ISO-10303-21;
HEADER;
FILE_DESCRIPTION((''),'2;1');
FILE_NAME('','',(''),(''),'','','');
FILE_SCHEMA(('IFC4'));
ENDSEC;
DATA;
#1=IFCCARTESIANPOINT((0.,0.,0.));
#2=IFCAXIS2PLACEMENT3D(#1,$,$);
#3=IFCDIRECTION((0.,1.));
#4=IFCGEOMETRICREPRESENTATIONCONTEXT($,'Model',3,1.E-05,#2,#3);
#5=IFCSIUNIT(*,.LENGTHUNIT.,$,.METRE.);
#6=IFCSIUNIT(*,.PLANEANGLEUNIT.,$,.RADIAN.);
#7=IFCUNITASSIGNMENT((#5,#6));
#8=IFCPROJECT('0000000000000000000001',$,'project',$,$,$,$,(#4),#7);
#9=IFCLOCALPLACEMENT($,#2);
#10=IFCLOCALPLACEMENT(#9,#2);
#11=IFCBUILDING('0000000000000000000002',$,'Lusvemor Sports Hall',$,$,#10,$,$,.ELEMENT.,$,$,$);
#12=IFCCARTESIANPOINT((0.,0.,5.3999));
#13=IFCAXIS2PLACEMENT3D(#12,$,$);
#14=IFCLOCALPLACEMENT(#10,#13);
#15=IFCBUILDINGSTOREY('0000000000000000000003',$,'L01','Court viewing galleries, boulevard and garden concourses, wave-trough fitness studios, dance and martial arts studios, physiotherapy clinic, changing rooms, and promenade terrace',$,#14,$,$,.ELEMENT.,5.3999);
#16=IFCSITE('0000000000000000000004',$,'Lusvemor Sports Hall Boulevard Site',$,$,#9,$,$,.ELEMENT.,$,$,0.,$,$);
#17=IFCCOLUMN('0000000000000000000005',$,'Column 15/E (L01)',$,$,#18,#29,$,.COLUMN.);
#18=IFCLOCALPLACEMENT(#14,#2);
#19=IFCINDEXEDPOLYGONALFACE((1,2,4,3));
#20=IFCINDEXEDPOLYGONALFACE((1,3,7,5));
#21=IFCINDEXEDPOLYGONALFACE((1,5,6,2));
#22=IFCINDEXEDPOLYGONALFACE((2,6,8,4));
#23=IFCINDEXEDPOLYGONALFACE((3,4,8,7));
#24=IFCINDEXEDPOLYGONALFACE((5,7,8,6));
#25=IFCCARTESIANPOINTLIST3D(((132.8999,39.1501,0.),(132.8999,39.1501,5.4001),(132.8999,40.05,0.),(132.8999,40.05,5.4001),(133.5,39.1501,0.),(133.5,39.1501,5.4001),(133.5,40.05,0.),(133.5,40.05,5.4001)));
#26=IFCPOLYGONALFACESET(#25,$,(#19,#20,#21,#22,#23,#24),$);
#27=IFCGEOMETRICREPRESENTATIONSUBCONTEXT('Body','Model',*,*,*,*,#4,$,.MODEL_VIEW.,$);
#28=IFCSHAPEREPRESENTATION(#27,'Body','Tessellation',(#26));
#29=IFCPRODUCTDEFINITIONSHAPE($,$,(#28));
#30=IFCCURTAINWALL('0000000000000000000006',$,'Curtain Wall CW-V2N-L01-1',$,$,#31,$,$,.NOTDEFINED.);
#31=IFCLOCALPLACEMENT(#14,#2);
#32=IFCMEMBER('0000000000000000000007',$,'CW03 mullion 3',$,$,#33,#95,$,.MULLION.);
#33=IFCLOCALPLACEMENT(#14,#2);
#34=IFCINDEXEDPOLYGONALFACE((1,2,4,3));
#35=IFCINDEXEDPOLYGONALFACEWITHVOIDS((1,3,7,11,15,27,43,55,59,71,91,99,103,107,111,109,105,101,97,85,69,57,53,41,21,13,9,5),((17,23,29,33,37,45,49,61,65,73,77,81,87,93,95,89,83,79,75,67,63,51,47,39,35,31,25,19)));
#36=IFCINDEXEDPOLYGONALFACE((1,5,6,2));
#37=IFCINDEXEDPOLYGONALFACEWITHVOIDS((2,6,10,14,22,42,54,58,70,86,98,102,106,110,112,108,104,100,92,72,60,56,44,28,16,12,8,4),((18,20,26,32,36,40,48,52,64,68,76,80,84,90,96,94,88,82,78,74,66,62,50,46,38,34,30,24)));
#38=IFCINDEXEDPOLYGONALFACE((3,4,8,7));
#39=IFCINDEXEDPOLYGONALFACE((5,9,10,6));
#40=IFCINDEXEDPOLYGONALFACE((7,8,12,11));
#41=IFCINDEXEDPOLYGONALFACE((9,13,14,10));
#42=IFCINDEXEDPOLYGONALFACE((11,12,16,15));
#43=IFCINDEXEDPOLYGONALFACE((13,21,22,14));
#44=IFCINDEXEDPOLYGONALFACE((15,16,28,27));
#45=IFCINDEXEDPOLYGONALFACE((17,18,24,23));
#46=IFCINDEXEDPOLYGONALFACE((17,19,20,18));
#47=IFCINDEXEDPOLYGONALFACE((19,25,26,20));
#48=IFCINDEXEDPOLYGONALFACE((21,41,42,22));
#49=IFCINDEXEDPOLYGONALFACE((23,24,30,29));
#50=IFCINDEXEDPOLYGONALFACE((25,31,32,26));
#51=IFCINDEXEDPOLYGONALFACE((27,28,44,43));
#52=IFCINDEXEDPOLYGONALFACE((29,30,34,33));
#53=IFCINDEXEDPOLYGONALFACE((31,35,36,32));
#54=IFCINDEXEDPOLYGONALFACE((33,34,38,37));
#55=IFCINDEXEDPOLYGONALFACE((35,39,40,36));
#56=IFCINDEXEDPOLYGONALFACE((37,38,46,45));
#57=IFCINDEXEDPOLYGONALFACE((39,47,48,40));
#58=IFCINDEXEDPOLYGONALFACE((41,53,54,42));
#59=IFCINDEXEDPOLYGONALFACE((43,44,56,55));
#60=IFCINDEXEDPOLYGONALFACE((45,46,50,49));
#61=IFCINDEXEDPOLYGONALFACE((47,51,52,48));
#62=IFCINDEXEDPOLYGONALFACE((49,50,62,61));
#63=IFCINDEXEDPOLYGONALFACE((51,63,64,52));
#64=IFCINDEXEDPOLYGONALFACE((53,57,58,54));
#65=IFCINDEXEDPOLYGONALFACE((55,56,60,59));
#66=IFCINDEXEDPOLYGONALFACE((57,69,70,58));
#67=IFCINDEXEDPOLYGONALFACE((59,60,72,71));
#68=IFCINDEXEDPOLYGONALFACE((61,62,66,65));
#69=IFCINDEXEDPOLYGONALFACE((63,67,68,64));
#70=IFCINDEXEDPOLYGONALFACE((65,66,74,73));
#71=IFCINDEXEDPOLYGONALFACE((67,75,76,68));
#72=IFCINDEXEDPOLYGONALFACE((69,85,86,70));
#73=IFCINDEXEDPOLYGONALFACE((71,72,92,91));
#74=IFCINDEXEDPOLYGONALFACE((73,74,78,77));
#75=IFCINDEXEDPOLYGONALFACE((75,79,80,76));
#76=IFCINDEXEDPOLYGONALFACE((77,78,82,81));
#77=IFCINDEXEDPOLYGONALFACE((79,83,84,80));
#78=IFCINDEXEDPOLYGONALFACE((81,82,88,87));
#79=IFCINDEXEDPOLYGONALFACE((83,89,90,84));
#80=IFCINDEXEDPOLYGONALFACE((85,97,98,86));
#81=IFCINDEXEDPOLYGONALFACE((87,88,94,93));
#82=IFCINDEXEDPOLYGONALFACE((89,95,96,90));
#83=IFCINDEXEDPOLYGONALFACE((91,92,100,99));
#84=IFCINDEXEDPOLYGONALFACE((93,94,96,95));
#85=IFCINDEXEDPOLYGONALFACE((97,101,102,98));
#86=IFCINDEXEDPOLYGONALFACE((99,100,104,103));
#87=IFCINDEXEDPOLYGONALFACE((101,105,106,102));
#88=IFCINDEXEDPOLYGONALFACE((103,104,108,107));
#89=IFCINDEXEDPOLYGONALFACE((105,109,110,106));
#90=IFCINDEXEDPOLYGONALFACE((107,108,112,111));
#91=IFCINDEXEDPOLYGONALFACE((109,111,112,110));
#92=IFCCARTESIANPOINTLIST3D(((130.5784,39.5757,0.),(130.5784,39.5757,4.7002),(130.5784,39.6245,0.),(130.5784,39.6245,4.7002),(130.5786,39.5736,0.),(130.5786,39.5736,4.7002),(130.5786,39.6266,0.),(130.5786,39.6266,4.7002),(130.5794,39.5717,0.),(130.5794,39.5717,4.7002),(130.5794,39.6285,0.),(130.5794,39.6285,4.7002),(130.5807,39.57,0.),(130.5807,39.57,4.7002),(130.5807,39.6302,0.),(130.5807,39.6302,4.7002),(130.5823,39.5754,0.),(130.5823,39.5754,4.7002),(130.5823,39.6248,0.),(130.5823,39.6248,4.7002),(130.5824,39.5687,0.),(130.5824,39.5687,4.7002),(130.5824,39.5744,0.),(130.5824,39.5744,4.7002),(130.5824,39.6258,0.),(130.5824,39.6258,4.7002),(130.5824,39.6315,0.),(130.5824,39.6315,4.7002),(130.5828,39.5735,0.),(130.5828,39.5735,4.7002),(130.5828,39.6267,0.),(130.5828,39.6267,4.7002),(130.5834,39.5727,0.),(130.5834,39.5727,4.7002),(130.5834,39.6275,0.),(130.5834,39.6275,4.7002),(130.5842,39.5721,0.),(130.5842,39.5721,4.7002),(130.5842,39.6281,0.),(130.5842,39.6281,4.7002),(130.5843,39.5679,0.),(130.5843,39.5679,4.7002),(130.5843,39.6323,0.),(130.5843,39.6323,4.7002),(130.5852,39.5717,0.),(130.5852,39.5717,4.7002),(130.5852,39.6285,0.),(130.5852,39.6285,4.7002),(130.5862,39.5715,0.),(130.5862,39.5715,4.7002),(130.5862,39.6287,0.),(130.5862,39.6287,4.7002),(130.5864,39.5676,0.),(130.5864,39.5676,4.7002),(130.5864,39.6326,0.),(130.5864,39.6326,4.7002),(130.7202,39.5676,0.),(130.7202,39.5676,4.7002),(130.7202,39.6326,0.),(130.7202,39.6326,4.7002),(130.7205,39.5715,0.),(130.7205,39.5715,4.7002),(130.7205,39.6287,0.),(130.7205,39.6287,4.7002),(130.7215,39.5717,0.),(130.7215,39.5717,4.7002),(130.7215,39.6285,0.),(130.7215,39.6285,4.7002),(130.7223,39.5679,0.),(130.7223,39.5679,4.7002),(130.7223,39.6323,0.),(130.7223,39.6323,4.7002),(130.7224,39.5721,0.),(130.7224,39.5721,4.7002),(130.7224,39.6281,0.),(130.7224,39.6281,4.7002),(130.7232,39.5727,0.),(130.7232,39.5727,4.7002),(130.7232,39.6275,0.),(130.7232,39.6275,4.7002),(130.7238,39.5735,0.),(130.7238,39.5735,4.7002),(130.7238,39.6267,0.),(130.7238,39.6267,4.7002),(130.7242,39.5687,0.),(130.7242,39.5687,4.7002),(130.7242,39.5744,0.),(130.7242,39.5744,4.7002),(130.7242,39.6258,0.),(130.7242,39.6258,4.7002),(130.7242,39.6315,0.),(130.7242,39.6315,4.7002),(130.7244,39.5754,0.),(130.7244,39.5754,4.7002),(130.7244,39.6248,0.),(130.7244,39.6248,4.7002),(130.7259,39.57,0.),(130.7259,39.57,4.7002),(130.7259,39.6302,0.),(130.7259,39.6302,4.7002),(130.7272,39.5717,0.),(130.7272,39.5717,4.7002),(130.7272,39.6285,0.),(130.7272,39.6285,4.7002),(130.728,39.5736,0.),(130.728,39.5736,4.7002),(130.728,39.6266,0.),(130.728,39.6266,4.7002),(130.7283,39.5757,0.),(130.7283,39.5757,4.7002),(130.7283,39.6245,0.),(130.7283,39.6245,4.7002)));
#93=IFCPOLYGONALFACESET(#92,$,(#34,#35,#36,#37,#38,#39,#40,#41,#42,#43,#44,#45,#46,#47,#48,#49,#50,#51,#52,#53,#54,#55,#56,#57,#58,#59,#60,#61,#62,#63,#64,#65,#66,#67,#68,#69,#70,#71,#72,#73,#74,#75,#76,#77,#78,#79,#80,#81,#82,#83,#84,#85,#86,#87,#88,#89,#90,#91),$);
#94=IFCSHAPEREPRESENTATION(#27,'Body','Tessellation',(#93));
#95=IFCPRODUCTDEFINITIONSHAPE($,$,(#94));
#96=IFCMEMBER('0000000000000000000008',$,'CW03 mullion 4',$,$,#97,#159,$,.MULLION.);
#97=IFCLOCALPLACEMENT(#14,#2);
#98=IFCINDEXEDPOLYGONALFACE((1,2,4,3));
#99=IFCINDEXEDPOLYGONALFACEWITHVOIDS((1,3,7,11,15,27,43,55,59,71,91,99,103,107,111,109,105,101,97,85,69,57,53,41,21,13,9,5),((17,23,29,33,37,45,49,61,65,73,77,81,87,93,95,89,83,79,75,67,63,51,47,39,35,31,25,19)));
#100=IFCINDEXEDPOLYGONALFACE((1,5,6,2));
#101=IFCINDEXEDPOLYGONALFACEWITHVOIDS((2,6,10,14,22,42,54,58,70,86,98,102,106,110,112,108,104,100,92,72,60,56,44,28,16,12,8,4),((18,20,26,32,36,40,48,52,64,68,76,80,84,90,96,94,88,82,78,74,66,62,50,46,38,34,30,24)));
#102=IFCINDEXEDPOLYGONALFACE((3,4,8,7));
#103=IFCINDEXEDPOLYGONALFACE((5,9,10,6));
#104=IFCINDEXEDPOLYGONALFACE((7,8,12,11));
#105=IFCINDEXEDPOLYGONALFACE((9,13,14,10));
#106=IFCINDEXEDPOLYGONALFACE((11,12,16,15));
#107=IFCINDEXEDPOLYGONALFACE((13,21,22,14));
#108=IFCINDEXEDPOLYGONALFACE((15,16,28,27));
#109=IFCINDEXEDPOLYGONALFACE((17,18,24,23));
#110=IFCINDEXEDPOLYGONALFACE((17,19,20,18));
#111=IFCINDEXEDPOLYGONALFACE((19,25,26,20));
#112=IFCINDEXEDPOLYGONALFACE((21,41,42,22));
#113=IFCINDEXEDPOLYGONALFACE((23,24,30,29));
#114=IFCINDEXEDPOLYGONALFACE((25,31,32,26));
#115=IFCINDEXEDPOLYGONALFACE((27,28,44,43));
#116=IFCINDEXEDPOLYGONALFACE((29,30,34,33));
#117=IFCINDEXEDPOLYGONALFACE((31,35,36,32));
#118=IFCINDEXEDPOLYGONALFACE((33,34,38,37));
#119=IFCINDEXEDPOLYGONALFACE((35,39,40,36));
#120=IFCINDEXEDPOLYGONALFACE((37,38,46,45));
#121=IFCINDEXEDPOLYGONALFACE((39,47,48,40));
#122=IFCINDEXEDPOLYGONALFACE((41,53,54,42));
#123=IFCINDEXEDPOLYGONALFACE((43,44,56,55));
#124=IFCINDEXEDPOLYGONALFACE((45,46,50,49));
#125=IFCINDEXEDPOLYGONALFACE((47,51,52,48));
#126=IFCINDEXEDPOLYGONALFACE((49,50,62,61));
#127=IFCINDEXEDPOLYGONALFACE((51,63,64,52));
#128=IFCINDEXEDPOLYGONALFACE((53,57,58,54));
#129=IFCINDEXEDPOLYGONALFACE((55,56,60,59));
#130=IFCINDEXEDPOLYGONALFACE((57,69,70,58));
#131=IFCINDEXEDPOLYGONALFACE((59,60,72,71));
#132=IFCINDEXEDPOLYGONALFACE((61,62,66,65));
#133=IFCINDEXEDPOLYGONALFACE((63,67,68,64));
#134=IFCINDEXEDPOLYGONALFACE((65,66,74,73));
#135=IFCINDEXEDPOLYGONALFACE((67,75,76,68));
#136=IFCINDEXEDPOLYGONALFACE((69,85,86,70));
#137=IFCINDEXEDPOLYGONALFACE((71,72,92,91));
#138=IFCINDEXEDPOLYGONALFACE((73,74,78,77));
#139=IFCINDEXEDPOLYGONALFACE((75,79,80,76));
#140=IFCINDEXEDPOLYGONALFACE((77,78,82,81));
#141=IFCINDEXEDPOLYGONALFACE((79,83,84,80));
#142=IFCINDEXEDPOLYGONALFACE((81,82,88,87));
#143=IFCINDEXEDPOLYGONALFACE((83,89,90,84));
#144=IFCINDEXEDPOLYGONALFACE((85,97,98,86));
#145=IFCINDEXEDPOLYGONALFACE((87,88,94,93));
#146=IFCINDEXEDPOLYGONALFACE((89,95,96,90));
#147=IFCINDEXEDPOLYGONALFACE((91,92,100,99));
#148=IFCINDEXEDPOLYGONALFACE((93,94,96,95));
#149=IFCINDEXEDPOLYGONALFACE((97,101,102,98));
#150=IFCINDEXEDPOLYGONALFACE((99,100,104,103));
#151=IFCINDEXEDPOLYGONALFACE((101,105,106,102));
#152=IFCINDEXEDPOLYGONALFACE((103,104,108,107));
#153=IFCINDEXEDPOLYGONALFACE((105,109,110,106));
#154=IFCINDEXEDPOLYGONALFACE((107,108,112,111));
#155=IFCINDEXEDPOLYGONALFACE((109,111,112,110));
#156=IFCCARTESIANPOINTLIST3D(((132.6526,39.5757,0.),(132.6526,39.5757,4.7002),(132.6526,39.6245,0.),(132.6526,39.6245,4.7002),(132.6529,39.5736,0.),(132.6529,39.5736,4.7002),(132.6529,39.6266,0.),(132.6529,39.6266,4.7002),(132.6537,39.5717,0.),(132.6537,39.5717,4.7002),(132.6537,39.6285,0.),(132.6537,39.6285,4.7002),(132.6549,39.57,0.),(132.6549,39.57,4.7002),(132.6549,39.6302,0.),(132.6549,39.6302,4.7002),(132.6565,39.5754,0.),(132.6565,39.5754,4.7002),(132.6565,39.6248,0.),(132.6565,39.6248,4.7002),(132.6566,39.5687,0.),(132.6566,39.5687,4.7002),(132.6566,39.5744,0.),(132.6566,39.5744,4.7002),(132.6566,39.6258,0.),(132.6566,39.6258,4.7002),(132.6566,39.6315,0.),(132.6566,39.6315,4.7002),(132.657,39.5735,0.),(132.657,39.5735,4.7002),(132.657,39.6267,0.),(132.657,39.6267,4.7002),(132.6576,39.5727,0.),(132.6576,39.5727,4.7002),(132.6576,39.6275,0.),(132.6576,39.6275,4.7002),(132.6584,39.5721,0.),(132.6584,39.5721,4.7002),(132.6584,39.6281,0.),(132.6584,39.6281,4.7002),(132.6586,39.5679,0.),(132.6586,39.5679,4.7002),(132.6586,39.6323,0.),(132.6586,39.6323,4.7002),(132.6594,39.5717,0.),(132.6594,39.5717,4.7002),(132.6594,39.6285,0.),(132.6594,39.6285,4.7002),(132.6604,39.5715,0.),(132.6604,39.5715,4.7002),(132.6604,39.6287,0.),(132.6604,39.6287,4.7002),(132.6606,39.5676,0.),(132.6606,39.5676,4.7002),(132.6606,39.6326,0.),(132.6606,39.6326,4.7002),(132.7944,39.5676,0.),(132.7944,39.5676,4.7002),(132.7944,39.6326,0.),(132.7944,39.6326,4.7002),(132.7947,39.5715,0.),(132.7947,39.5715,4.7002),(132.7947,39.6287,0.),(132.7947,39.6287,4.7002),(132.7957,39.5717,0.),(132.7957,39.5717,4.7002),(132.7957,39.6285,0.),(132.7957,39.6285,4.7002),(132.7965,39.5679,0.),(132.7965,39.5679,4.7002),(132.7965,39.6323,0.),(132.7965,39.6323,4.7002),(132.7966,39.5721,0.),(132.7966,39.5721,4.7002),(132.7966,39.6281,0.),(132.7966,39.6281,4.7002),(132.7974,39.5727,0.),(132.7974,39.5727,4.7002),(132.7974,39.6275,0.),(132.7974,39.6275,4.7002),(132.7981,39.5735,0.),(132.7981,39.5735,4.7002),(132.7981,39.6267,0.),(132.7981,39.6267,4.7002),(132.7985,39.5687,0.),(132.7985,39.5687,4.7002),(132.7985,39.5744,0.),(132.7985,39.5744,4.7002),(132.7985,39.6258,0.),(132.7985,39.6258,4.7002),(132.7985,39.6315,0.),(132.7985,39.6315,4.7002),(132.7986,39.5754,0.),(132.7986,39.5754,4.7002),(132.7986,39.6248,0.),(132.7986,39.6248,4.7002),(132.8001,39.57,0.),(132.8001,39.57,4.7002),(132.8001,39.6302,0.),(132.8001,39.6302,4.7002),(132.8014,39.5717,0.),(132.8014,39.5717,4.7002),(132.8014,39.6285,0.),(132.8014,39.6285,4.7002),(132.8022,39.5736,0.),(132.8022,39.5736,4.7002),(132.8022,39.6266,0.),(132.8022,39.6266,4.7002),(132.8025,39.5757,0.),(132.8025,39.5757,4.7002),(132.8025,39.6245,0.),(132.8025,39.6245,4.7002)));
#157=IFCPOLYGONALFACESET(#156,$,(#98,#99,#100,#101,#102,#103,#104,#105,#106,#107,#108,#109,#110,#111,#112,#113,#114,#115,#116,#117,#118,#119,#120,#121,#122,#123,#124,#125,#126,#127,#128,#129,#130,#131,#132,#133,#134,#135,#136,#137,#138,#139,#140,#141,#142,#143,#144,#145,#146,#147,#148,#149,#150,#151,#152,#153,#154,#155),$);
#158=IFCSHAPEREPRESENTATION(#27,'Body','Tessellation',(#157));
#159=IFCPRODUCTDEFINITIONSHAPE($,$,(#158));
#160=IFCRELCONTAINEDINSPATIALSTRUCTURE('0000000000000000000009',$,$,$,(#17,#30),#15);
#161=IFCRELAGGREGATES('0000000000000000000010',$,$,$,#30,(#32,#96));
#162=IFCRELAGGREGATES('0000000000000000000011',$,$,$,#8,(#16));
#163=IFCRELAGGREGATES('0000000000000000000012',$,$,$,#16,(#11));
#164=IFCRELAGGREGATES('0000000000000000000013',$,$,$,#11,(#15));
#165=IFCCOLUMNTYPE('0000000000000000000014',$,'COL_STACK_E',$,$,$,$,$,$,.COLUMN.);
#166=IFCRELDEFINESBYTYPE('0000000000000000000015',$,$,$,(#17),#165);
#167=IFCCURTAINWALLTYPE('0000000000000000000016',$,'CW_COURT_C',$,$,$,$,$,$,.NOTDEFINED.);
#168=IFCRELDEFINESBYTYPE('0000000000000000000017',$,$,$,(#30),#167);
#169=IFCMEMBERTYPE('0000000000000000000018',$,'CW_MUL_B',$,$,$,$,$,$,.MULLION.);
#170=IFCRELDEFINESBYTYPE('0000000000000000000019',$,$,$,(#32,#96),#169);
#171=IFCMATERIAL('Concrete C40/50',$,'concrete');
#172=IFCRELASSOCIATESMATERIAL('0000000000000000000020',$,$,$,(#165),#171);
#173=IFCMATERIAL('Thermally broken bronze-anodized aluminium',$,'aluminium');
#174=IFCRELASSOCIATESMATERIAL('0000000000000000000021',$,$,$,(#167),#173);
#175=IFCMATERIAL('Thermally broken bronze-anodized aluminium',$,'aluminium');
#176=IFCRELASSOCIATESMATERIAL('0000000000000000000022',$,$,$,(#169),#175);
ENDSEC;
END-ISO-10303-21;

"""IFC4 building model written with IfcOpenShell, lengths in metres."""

from ifc_helpers import new_model, si_unit, direction, frame, origin, origin_2d, place, context, subcontext, project, spatial, rectangle, hollow_rectangle, extrude, material, material_profile, profile_set, type_object, element, aggregate, save


model = new_model("IFC4")

# Units and contexts
model_context = context("Model", 3, precision=1e-05, world=origin(), true_north=direction((0.0, 1.0)))
body_context = subcontext(model_context, "Body", "Model", "MODEL_VIEW")
ifc_project = project(units=[si_unit("LENGTHUNIT", "METRE"), si_unit("PLANEANGLEUNIT", "RADIAN")], contexts=[model_context])

# Site, building, storey
site_placement = place(None, origin())
site = spatial("IfcSite", under=ifc_project, at=site_placement, Name="Lusvemor Sports Hall Boulevard Site", CompositionType="ELEMENT", RefElevation=0.0)
building_placement = place(site_placement, origin())
building = spatial("IfcBuilding", under=site, at=building_placement, Name="Lusvemor Sports Hall", CompositionType="ELEMENT")
storey_placement = place(building_placement, frame((0.0, 0.0, 5.3999)))
storey = spatial("IfcBuildingStorey", under=building, at=storey_placement, Name="L01", Description="Court viewing galleries, boulevard and garden concourses, wave-trough fitness studios, dance and martial arts studios, physiotherapy clinic, changing rooms, and promenade terrace", CompositionType="ELEMENT", Elevation=5.3999)

# Column
ifc_material_1 = material(Name="Concrete C40/50", Category="concrete")
ifc_material_profile_1 = material_profile(ifc_material_1, rectangle(XDim=0.6001, YDim=0.8999, at=origin_2d()), Name="RC600x900")
ifc_profile_set_1 = profile_set([ifc_material_profile_1], Name="Concrete C40/50")
column_type = type_object("IfcColumnType", Name="COL_STACK_E", PredefinedType="COLUMN", material=ifc_profile_set_1)
column_placement = place(storey_placement, frame((133.2, 39.6001, 0.0), z_axis=(0.0, 0.0, 1.0), x_axis=(1.0, 0.0, 0.0)))
element("IfcColumn", 1, at=column_placement, inside=storey, type_object=column_type, Name="Column 15/E (L01)", PredefinedType="COLUMN", context=body_context, shape_type="SweptSolid", body=[
    extrude(rectangle(XDim=0.6001, YDim=0.8999, at=origin_2d()), origin(), (0.0, 0.0, 1.0), 5.4001),
])

# Curtain wall, members
ifc_material_2 = material(Name="Thermally broken bronze-anodized aluminium", Category="aluminium")
curtain_wall_type_1 = type_object("IfcCurtainWallType", Name="CW_COURT_C", PredefinedType="NOTDEFINED", material=ifc_material_2)
curtain_wall_1_placement = place(storey_placement, origin())
curtain_wall_1 = element("IfcCurtainWall", 2, at=curtain_wall_1_placement, inside=storey, type_object=curtain_wall_type_1, Name="Curtain Wall CW-V2N-L01-1", PredefinedType="NOTDEFINED")
ifc_material_3 = material(Name="Thermally broken bronze-anodized aluminium", Category="aluminium")
ifc_material_profile_2 = material_profile(ifc_material_3, hollow_rectangle(XDim=0.0649, YDim=0.1499, WallThickness=0.0039, InnerFilletRadius=0.0039, OuterFilletRadius=0.0081, at=origin_2d()), Name="CWMUL150x65x4")
ifc_profile_set_2 = profile_set([ifc_material_profile_2], Name="Thermally broken bronze-anodized aluminium")
member_type_1 = type_object("IfcMemberType", Name="CW_MUL_B", PredefinedType="MULLION", material=ifc_profile_set_2)
member_1_placement = place(storey_placement, frame((130.6533, 39.6001, 0.0), z_axis=(0.0, 0.0, 1.0), x_axis=(0.0, 1.0, 0.0)))
member_1 = element("IfcMember", 3, at=member_1_placement, type_object=member_type_1, Name="CW03 mullion 3", PredefinedType="MULLION", context=body_context, shape_type="SweptSolid", body=[
    extrude(hollow_rectangle(XDim=0.0649, YDim=0.1499, WallThickness=0.0039, InnerFilletRadius=0.0039, OuterFilletRadius=0.0081, at=origin_2d()), origin(), (0.0, 0.0, 1.0), 4.7002),
])
member_2_placement = place(storey_placement, frame((132.7275, 39.6001, 0.0), z_axis=(0.0, 0.0, 1.0), x_axis=(0.0, 1.0, 0.0)))
member_2 = element("IfcMember", 4, at=member_2_placement, type_object=member_type_1, Name="CW03 mullion 4", PredefinedType="MULLION", context=body_context, shape_type="SweptSolid", body=[
    extrude(hollow_rectangle(XDim=0.0649, YDim=0.1499, WallThickness=0.0039, InnerFilletRadius=0.0039, OuterFilletRadius=0.0081, at=origin_2d()), origin(), (0.0, 0.0, 1.0), 4.7002),
])

aggregate(curtain_wall_1, [member_1, member_2])

save(model, "model.ifc")
